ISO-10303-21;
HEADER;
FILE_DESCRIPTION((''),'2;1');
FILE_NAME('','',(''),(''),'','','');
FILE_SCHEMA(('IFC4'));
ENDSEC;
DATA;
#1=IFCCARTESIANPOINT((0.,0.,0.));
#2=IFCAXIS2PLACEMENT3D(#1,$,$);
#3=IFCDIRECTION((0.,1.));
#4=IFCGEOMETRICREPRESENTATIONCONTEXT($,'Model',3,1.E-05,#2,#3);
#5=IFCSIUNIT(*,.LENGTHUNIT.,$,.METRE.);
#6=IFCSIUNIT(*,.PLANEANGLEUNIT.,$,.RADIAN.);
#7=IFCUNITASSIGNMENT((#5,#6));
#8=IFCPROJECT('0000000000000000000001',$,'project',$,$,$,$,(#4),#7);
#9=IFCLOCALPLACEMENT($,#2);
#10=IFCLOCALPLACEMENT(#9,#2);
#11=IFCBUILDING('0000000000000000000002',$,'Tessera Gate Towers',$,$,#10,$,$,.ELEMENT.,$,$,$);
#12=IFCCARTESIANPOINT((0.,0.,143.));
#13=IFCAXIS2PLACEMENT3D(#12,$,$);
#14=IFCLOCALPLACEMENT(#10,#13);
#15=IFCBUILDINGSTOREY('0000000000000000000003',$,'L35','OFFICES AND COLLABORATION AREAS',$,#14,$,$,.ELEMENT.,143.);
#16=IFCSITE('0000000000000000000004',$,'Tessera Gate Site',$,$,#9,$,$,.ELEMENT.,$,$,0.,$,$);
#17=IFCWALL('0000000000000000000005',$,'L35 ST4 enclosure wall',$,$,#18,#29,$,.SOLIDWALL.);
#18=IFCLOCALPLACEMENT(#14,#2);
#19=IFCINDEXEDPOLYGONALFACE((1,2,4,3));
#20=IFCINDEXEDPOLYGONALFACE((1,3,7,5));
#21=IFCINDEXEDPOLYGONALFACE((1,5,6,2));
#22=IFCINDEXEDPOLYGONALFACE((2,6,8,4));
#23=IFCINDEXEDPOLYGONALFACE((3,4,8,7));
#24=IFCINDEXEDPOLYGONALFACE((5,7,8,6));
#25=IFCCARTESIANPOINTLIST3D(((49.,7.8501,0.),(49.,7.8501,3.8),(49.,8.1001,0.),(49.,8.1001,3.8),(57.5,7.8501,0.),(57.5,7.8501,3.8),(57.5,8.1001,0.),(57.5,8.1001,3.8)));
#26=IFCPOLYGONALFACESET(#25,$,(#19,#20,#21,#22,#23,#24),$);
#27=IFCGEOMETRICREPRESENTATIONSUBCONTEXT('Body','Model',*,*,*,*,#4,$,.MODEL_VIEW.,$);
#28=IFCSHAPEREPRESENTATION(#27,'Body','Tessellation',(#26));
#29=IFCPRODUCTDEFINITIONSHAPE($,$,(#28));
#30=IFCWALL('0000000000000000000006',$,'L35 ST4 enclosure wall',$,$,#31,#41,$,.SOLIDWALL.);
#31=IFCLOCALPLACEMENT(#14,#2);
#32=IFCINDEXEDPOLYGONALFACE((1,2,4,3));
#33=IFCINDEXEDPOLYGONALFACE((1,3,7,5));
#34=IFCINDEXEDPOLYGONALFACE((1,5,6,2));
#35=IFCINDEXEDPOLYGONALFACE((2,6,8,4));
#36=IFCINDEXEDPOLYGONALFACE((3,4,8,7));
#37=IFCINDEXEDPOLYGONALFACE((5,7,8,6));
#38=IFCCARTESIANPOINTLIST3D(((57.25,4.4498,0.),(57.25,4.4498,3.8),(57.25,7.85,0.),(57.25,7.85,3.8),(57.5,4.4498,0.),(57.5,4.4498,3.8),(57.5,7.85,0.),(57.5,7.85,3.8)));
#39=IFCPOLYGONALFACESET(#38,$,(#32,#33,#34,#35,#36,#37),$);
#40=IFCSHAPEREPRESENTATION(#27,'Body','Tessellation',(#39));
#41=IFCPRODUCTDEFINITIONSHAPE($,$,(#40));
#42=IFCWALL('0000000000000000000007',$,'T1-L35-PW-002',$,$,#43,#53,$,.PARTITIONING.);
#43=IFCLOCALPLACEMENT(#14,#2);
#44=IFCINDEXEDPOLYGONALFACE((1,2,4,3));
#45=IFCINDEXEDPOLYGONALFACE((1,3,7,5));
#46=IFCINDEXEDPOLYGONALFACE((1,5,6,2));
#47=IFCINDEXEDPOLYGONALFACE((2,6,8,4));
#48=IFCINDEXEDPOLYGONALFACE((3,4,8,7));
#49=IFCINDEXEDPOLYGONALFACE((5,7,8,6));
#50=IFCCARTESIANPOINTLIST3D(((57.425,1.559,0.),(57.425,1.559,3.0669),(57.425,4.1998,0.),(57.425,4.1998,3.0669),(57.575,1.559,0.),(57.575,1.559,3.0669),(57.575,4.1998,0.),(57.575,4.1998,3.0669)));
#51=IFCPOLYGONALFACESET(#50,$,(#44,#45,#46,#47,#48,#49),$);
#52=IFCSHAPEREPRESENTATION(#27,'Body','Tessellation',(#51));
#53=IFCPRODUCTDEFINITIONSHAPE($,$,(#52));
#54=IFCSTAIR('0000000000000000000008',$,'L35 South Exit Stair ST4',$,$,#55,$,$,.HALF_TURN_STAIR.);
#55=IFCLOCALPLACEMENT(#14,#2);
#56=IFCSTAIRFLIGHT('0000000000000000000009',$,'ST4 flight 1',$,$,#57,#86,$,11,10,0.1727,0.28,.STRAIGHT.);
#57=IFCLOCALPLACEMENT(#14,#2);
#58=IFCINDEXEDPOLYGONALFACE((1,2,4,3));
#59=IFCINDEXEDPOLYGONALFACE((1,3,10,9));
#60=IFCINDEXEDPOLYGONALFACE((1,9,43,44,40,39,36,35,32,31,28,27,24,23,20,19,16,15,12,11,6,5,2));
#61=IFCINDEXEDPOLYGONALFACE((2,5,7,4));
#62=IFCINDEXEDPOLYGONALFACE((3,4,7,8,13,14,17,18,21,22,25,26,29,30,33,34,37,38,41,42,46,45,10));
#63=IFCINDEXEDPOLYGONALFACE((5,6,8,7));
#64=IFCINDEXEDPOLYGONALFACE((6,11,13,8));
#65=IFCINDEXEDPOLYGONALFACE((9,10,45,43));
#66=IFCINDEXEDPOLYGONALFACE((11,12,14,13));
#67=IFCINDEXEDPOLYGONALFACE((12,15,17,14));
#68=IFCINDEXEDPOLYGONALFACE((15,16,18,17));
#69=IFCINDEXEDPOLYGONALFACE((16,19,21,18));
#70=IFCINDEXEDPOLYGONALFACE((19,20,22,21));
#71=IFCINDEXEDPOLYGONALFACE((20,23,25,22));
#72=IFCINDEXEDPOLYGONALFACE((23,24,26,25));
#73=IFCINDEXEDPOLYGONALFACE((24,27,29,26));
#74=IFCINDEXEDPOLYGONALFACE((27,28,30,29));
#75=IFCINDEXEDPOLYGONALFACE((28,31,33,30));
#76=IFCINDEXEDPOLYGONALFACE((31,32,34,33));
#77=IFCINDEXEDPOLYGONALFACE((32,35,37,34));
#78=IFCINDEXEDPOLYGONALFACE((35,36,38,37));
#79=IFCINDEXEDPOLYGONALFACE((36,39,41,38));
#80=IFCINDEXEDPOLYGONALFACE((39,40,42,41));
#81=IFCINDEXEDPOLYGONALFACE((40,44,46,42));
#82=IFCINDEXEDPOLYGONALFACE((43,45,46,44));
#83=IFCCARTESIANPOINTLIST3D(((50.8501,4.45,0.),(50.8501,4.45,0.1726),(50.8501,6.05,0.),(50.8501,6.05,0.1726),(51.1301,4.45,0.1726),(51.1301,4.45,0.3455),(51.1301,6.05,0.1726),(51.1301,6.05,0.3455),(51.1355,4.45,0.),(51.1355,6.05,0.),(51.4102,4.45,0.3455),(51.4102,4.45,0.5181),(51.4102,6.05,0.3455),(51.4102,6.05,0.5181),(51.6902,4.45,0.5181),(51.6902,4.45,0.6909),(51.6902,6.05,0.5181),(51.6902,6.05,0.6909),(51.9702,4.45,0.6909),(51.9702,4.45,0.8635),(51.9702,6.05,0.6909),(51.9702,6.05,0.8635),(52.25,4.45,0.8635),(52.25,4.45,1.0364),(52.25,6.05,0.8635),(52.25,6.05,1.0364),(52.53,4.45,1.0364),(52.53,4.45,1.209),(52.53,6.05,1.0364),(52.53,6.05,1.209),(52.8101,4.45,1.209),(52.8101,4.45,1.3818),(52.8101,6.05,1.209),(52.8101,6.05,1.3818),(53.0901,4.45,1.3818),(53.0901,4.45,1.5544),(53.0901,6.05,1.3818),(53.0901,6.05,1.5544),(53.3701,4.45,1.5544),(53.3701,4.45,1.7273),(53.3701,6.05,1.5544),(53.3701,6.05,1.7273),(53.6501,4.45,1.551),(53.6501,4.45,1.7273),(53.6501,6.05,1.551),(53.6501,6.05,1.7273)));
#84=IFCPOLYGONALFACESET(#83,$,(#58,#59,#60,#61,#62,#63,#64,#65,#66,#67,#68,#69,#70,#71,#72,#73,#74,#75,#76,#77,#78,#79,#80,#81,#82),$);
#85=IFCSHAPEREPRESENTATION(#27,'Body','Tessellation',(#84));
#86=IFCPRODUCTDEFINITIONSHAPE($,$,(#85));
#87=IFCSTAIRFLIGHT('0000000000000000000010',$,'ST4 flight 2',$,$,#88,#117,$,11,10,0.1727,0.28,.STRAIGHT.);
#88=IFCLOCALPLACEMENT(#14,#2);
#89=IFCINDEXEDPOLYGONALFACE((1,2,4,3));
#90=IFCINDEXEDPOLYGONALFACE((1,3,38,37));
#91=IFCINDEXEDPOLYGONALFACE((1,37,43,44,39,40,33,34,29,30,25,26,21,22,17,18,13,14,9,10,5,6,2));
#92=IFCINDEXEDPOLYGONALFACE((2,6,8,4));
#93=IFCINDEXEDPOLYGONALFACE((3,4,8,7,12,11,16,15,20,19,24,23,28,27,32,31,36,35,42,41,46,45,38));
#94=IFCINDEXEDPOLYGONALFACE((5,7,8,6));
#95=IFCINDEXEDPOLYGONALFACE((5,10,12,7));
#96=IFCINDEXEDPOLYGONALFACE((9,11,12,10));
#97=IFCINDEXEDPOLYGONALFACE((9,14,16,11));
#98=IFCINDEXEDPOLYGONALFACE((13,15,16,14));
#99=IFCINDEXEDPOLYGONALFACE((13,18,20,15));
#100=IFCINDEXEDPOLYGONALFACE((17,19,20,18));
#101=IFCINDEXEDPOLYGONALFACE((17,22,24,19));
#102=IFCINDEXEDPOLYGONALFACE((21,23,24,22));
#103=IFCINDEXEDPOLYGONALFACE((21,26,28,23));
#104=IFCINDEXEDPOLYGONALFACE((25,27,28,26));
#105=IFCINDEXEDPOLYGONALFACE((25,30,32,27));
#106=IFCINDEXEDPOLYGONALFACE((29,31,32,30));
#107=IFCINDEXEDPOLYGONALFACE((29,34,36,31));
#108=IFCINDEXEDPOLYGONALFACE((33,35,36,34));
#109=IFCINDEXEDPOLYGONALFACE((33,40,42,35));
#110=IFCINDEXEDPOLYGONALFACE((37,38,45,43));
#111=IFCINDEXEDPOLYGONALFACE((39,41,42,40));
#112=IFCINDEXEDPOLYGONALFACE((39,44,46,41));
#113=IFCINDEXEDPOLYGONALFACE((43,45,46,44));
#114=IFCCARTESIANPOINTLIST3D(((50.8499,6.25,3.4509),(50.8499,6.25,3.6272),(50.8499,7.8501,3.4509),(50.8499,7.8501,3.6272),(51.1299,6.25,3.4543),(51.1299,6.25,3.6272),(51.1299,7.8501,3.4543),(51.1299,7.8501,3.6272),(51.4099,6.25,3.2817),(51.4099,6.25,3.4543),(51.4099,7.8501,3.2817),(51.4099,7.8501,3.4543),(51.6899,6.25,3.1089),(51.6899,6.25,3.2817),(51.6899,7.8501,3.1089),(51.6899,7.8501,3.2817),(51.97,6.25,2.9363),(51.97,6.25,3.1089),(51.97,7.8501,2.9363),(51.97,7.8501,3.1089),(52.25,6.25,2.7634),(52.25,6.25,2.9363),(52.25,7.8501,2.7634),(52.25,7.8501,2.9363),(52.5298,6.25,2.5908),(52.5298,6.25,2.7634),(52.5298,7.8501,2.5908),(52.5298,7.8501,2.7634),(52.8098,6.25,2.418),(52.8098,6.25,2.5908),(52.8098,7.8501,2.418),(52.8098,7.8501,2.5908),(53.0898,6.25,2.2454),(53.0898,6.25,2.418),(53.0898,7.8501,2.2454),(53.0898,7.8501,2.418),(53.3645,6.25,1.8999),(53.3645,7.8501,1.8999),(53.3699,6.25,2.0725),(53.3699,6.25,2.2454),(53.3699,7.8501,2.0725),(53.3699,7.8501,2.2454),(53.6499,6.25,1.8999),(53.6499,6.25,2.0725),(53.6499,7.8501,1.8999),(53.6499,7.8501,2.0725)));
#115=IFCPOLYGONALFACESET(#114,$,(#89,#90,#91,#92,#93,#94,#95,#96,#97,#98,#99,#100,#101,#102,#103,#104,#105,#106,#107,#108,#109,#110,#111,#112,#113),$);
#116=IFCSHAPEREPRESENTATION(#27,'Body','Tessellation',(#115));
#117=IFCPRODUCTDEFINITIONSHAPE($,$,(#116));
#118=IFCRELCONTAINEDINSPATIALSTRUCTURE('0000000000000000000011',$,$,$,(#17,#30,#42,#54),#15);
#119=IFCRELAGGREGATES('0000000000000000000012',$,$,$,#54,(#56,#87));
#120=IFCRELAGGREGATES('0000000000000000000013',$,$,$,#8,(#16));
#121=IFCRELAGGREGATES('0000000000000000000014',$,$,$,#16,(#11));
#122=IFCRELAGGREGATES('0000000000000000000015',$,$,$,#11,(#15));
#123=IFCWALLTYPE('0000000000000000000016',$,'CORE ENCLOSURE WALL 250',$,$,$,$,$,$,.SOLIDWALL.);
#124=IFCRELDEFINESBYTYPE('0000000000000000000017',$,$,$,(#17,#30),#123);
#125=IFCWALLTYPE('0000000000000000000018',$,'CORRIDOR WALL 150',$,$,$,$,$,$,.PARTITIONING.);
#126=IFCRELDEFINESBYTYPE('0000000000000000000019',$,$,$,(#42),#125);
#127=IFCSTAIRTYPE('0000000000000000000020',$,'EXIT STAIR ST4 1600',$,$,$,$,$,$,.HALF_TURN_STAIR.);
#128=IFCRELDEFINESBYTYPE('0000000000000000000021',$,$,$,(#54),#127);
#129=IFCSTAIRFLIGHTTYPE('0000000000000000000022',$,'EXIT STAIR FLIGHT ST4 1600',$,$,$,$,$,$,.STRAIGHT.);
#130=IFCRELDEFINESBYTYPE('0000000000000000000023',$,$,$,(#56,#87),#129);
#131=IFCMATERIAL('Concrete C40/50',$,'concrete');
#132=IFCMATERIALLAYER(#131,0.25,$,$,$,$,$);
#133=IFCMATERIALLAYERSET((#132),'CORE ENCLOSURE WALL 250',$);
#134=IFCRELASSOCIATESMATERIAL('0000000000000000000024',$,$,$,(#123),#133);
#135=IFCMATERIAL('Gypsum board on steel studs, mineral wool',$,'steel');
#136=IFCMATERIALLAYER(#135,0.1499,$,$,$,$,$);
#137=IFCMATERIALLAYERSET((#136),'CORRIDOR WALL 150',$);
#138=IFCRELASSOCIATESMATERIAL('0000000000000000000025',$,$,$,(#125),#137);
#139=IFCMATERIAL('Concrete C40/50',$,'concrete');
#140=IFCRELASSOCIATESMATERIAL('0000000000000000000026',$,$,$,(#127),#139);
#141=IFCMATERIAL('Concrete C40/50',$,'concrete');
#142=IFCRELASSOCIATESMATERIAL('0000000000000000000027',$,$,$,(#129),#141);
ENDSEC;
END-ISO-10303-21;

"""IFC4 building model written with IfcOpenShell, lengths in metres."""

from ifc_helpers import new_model, si_unit, direction, frame, frame_2d, origin, place, context, subcontext, project, spatial, polyline, rectangle, outline, extrude, material, layer, layer_set, type_object, element, aggregate, save


model = new_model("IFC4")

# Units and contexts
model_context = context("Model", 3, precision=1e-05, world=origin(), true_north=direction((0.0, 1.0)))
body_context = subcontext(model_context, "Body", "Model", "MODEL_VIEW")
ifc_project = project(units=[si_unit("LENGTHUNIT", "METRE"), si_unit("PLANEANGLEUNIT", "RADIAN")], contexts=[model_context])

# Site, building, storey
site_placement = place(None, origin())
site = spatial("IfcSite", under=ifc_project, at=site_placement, Name="Tessera Gate Site", CompositionType="ELEMENT", RefElevation=0.0)
building_placement = place(site_placement, origin())
building = spatial("IfcBuilding", under=site, at=building_placement, Name="Tessera Gate Towers", CompositionType="ELEMENT")
storey_placement = place(building_placement, frame((0.0, 0.0, 143.0)))
storey = spatial("IfcBuildingStorey", under=building, at=storey_placement, Name="L35", Description="OFFICES AND COLLABORATION AREAS", CompositionType="ELEMENT", Elevation=143.0)

# Shared definitions
ifc_material_1 = material(Name="Concrete C40/50", Category="concrete")
ifc_layer_1 = layer(ifc_material_1, 0.25)
ifc_layer_set_1 = layer_set([ifc_layer_1], Name="CORE ENCLOSURE WALL 250")
wall_type_1 = type_object("IfcWallType", Name="CORE ENCLOSURE WALL 250", PredefinedType="SOLIDWALL", material=ifc_layer_set_1)

# Walls
wall_1_placement = place(storey_placement, frame((49.0, 7.9751, 0.0), z_axis=(0.0, 0.0, 1.0), x_axis=(1.0, 0.0, 0.0)))
element("IfcWall", 1, at=wall_1_placement, inside=storey, type_object=wall_type_1, Name="L35 ST4 enclosure wall", PredefinedType="SOLIDWALL", context=body_context, shape_type="SweptSolid", body=[
    extrude(rectangle(XDim=8.5, YDim=0.25, at=frame_2d((4.25, 0.0))), origin(), (0.0, 0.0, 1.0), 3.8),
])
wall_2_placement = place(storey_placement, frame((57.375, 7.8501, 0.0), z_axis=(0.0, 0.0, 1.0), x_axis=(0.0, -1.0, 0.0)))
element("IfcWall", 2, at=wall_2_placement, inside=storey, type_object=wall_type_1, Name="L35 ST4 enclosure wall", PredefinedType="SOLIDWALL", context=body_context, shape_type="SweptSolid", body=[
    extrude(rectangle(XDim=3.4001, YDim=0.25, at=frame_2d((1.7002, 0.0))), origin(), (0.0, 0.0, 1.0), 3.8),
])
ifc_material_2 = material(Name="Gypsum board on steel studs, mineral wool", Category="steel")
ifc_layer_2 = layer(ifc_material_2, 0.1499)
ifc_layer_set_2 = layer_set([ifc_layer_2], Name="CORRIDOR WALL 150")
wall_type_2 = type_object("IfcWallType", Name="CORRIDOR WALL 150", PredefinedType="PARTITIONING", material=ifc_layer_set_2)
wall_3_placement = place(storey_placement, frame((57.5, 1.5591, 0.0), z_axis=(0.0, 0.0, 1.0), x_axis=(0.0, 1.0, 0.0)))
element("IfcWall", 3, at=wall_3_placement, inside=storey, type_object=wall_type_2, Name="T1-L35-PW-002", PredefinedType="PARTITIONING", context=body_context, shape_type="SweptSolid", body=[
    extrude(rectangle(XDim=2.6409, YDim=0.1499, at=frame_2d((1.3203, 0.0))), origin(), (0.0, 0.0, 1.0), 3.0669),
])

# Stair, stair flights
ifc_material_3 = material(Name="Concrete C40/50", Category="concrete")
stair_type = type_object("IfcStairType", Name="EXIT STAIR ST4 1600", PredefinedType="HALF_TURN_STAIR", material=ifc_material_3)
stair_placement = place(storey_placement, origin())
stair = element("IfcStair", 4, at=stair_placement, inside=storey, type_object=stair_type, Name="L35 South Exit Stair ST4", PredefinedType="HALF_TURN_STAIR")
ifc_material_4 = material(Name="Concrete C40/50", Category="concrete")
stair_flight_type = type_object("IfcStairFlightType", Name="EXIT STAIR FLIGHT ST4 1600", PredefinedType="STRAIGHT", material=ifc_material_4)
stair_flight_1_placement = place(storey_placement, frame((50.8501, 5.25, 0.0), z_axis=(0.0, 0.0, 1.0), x_axis=(1.0, 0.0, 0.0)))
stair_flight_1 = element("IfcStairFlight", 5, at=stair_flight_1_placement, type_object=stair_flight_type, Name="ST4 flight 1", NumberOfRisers=11, NumberOfTreads=10, PredefinedType="STRAIGHT", RiserHeight=0.1727, TreadLength=0.28, context=body_context, shape_type="SweptSolid", body=[
    extrude(outline(polyline([(0.0, 0.0), (0.0, 0.1726), (0.28, 0.1726), (0.28, 0.3455), (0.5601, 0.3455), (0.5601, 0.5181), (0.8401, 0.5181), (0.8401, 0.6909), (1.1201, 0.6909), (1.1201, 0.8635), (1.3999, 0.8635), (1.3999, 1.0364), (1.6799, 1.0364), (1.6799, 1.209), (1.96, 1.209), (1.96, 1.3818), (2.24, 1.3818), (2.24, 1.5544), (2.52, 1.5544), (2.52, 1.7273), (2.8, 1.7273), (2.8, 1.8999), (2.8, 1.551), (0.2854, 0.0), (0.0, 0.0)])), frame((0.0, 0.8, 0.0), z_axis=(0.0, -1.0, 0.0), x_axis=(1.0, 0.0, 0.0)), (0.0, 0.0, 1.0), 1.6001),
])
stair_flight_2_placement = place(storey_placement, frame((53.6499, 7.05, 1.8999), z_axis=(0.0, 0.0, 1.0), x_axis=(-1.0, 0.0, 0.0)))
stair_flight_2 = element("IfcStairFlight", 6, at=stair_flight_2_placement, type_object=stair_flight_type, Name="ST4 flight 2", NumberOfRisers=11, NumberOfTreads=10, PredefinedType="STRAIGHT", RiserHeight=0.1727, TreadLength=0.28, context=body_context, shape_type="SweptSolid", body=[
    extrude(outline(polyline([(0.0, 0.0), (0.0, 0.1726), (0.28, 0.1726), (0.28, 0.3455), (0.5601, 0.3455), (0.5601, 0.5181), (0.8401, 0.5181), (0.8401, 0.6909), (1.1201, 0.6909), (1.1201, 0.8635), (1.3999, 0.8635), (1.3999, 1.0364), (1.6799, 1.0364), (1.6799, 1.209), (1.96, 1.209), (1.96, 1.3818), (2.24, 1.3818), (2.24, 1.5544), (2.52, 1.5544), (2.52, 1.7273), (2.8, 1.7273), (2.8, 1.8999), (2.8, 1.551), (0.2854, 0.0), (0.0, 0.0)])), frame((0.0, 0.8, 0.0), z_axis=(0.0, -1.0, 0.0), x_axis=(1.0, 0.0, 0.0)), (0.0, 0.0, 1.0), 1.6001),
])
aggregate(stair, [stair_flight_1, stair_flight_2])

save(model, "model.ifc")
